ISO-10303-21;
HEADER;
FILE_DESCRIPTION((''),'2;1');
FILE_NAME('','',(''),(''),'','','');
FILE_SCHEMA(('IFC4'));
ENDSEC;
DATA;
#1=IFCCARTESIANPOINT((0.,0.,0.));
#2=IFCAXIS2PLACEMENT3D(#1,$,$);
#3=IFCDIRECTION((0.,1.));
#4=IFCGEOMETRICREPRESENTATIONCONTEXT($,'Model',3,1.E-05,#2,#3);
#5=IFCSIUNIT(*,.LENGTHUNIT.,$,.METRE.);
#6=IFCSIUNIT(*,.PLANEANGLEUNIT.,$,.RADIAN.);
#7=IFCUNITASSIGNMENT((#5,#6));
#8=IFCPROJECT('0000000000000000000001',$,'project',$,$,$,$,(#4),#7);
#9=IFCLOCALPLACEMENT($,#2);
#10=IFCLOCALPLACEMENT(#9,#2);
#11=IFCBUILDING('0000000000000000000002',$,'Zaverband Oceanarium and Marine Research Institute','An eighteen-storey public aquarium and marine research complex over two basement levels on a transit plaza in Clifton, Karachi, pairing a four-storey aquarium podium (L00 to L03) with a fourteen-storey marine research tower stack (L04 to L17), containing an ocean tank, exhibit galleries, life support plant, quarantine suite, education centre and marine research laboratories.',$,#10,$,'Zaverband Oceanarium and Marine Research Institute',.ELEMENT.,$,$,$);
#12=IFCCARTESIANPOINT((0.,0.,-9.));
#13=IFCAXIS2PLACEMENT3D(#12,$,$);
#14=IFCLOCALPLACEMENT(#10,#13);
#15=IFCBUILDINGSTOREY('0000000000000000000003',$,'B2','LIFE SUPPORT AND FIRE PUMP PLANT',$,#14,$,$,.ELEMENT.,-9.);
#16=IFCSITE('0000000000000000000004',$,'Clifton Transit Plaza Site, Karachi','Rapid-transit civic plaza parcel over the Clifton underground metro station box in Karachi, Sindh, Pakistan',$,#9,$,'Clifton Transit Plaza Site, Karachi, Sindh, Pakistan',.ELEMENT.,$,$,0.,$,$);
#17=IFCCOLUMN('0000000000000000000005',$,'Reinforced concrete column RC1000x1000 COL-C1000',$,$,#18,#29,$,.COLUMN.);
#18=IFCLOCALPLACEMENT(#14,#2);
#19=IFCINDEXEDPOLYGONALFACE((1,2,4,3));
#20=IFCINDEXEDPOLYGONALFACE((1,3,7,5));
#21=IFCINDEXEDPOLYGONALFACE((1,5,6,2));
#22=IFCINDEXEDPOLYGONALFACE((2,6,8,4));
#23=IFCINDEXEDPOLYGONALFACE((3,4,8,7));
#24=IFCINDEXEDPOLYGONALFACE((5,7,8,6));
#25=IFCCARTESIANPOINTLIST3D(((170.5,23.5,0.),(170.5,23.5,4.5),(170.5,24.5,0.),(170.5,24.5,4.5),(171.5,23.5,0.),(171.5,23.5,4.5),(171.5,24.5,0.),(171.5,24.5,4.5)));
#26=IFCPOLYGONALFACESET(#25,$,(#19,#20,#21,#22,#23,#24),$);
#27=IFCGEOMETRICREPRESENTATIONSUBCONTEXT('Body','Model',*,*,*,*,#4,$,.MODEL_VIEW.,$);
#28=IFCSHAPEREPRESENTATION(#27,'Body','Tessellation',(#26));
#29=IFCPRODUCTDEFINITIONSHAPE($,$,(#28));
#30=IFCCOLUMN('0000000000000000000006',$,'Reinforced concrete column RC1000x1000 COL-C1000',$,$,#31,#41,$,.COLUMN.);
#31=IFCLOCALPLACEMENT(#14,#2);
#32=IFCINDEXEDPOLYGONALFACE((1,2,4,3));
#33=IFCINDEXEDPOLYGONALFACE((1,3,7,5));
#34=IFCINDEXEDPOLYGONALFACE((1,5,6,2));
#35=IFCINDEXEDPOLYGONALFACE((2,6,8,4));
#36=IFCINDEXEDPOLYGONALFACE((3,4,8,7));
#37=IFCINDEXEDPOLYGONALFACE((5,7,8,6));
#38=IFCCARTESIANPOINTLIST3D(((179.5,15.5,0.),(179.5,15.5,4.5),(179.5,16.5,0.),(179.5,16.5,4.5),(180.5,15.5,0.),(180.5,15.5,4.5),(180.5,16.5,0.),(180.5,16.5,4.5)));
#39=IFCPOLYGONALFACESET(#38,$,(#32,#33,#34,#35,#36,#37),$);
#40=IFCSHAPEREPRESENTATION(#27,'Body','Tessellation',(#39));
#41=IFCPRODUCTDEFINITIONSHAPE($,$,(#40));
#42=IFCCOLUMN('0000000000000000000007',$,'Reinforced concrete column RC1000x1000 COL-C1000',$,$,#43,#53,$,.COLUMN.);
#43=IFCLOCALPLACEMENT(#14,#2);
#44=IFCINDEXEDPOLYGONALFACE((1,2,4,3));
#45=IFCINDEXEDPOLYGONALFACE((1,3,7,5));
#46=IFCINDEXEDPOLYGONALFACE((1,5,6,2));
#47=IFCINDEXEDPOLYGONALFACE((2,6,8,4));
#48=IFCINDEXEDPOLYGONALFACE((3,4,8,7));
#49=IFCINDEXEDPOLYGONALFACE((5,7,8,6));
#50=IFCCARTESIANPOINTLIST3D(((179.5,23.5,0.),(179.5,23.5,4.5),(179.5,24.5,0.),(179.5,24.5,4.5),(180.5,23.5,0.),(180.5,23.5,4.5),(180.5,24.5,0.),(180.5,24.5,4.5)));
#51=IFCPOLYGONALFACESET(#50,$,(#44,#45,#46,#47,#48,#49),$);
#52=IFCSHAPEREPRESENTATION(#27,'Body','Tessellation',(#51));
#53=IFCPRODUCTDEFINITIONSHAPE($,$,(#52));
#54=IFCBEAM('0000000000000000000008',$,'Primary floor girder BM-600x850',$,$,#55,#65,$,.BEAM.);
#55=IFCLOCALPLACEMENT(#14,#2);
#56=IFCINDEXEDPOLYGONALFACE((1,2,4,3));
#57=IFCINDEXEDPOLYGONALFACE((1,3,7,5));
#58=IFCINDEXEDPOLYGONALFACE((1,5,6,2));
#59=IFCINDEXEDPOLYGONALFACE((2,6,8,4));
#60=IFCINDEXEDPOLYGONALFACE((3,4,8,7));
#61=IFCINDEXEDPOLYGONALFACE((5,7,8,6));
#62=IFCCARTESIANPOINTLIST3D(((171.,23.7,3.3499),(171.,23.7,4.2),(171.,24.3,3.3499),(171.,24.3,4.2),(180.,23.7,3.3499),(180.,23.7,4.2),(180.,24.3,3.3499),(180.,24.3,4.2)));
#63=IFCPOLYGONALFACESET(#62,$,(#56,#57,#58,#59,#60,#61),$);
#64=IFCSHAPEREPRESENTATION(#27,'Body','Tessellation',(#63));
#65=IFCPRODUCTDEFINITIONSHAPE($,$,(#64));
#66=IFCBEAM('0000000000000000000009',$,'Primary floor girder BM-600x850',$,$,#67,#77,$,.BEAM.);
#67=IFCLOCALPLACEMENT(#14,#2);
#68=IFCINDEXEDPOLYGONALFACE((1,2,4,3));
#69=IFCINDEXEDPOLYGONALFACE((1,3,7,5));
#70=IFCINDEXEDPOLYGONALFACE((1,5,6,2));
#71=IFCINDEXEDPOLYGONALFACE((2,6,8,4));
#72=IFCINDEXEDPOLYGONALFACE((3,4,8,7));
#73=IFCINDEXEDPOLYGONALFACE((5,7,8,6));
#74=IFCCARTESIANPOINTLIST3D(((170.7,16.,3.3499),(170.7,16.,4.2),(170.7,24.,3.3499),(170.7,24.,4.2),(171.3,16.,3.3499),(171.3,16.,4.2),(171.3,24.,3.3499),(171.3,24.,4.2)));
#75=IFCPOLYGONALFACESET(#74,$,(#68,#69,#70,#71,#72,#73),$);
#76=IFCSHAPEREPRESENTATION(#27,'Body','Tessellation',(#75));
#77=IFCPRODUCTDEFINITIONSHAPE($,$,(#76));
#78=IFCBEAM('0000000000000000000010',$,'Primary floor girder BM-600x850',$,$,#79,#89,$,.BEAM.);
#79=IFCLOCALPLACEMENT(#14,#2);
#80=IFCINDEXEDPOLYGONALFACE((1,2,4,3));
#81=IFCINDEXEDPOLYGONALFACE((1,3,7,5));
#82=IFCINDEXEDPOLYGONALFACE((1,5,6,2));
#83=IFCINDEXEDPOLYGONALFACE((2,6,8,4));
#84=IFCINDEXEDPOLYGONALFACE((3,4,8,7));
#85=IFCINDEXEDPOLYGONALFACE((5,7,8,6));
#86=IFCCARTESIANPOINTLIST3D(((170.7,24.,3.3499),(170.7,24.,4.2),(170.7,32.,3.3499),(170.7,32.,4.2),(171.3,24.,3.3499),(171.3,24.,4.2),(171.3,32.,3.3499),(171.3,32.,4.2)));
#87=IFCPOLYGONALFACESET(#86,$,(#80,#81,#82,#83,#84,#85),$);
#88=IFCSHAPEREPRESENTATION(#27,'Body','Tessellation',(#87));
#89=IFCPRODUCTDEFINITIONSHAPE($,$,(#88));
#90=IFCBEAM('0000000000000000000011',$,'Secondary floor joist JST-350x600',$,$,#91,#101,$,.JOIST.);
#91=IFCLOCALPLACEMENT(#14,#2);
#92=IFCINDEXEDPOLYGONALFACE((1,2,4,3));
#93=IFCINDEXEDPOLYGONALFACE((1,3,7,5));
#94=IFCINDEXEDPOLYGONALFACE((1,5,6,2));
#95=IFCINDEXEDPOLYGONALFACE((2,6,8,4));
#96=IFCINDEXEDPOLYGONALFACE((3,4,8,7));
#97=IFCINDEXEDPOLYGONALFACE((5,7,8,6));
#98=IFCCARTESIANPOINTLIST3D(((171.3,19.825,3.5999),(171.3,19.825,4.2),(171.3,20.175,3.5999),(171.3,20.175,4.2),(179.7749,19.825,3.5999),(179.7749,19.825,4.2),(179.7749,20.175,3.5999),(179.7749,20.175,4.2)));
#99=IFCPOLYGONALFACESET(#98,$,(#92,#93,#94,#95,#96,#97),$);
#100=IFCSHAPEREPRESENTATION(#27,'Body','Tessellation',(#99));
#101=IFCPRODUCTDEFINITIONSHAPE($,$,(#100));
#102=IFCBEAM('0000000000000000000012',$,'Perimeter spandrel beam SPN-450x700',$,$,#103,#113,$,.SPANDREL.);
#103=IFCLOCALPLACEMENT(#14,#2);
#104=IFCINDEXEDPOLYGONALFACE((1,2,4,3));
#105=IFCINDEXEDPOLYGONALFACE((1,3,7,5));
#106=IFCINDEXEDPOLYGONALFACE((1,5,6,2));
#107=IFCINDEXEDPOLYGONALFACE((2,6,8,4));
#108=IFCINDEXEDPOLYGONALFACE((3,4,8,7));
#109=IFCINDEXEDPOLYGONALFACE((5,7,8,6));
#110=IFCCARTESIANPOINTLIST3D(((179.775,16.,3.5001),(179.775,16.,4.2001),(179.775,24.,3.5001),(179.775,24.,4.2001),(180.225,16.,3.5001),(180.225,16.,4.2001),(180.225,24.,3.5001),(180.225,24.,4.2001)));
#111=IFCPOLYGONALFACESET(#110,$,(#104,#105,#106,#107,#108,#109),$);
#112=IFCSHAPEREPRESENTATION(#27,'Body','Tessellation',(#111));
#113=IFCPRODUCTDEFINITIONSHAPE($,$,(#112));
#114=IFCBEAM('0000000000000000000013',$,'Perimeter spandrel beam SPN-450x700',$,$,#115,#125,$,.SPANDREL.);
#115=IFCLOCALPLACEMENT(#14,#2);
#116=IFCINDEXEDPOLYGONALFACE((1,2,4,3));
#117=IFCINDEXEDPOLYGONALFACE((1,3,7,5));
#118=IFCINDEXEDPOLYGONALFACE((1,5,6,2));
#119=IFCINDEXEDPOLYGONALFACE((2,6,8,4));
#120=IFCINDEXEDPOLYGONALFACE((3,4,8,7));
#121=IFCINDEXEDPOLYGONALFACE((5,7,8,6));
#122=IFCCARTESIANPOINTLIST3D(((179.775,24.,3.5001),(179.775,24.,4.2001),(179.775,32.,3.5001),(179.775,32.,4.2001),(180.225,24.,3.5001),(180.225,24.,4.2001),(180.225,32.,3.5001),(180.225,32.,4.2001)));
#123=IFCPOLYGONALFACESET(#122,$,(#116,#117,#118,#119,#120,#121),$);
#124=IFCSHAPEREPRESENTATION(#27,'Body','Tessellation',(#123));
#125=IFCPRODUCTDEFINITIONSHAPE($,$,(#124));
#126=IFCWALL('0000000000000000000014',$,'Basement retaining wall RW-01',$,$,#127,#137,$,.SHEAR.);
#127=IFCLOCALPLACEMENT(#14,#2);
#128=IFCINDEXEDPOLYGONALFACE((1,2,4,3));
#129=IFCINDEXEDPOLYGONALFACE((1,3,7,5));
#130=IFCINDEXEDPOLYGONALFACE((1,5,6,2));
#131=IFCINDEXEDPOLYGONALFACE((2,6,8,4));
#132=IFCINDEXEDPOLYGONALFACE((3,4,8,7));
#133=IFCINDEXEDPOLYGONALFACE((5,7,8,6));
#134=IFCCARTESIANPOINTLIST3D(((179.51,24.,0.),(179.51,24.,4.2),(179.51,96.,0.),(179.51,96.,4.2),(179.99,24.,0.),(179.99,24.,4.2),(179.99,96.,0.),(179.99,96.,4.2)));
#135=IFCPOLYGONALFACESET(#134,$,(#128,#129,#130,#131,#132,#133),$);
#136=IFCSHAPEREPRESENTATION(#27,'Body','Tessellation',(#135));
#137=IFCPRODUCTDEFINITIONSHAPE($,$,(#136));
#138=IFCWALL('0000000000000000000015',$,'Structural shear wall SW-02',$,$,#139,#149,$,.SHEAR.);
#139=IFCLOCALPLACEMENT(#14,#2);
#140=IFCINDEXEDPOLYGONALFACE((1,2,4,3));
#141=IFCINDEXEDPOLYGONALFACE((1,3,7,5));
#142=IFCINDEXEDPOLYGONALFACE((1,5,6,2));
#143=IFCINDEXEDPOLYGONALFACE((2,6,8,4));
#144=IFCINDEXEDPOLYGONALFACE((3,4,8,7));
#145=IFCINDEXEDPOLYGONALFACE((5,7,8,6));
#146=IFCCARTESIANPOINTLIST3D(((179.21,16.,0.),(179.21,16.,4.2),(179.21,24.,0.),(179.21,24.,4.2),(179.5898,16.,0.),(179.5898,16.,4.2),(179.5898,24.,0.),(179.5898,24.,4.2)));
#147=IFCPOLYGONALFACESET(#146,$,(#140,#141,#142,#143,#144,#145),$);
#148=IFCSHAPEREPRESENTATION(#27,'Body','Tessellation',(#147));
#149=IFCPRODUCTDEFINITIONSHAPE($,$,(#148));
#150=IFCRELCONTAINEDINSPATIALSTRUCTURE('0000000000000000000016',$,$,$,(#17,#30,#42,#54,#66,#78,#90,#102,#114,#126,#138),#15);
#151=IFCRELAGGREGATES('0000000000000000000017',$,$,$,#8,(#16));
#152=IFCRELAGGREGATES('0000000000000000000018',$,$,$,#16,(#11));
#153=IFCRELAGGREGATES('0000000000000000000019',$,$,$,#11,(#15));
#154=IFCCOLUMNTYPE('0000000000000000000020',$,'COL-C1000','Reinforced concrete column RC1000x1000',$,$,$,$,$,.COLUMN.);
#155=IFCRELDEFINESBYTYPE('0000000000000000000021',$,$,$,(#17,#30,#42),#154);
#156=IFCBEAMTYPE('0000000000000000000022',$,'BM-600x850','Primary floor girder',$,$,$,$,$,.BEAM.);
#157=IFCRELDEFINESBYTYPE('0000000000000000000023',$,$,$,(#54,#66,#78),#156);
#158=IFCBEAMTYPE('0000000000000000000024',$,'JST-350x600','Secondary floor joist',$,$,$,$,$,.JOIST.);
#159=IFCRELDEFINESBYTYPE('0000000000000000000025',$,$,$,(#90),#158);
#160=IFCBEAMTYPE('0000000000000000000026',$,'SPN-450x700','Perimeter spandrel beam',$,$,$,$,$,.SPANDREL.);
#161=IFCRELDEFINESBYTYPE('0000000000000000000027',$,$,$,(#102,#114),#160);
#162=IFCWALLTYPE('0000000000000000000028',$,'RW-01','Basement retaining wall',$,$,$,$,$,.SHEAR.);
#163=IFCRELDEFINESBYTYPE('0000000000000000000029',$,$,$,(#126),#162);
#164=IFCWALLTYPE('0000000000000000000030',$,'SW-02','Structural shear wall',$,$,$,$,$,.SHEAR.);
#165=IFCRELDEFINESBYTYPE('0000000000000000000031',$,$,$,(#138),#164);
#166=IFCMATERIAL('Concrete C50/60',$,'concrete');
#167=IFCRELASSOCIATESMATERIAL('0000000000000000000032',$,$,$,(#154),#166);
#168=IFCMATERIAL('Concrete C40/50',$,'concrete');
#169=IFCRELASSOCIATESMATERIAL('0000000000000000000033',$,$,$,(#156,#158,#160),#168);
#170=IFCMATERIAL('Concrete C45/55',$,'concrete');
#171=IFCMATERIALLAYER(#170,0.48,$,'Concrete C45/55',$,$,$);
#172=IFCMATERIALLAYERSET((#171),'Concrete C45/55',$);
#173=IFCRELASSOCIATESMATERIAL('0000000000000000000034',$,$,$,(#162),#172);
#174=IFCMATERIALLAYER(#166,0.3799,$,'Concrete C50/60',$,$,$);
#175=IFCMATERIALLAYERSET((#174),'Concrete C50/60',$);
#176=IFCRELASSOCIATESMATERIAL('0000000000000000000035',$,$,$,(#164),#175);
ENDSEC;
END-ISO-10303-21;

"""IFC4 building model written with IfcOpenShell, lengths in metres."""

from ifc_helpers import new_model, si_unit, direction, frame, frame_2d, origin, origin_2d, place, context, subcontext, project, spatial, rectangle, extrude, material, layer, layer_set, material_profile, profile_set, type_object, element, save


model = new_model("IFC4")

# Units and contexts
model_context = context("Model", 3, precision=1e-05, world=origin(), true_north=direction((0.0, 1.0)))
body_context = subcontext(model_context, "Body", "Model", "MODEL_VIEW")
ifc_project = project(units=[si_unit("LENGTHUNIT", "METRE"), si_unit("PLANEANGLEUNIT", "RADIAN")], contexts=[model_context])

# Site, building, storey
site_placement = place(None, origin())
site = spatial("IfcSite", under=ifc_project, at=site_placement, Name="Clifton Transit Plaza Site, Karachi", Description="Rapid-transit civic plaza parcel over the Clifton underground metro station box in Karachi, Sindh, Pakistan", LongName="Clifton Transit Plaza Site, Karachi, Sindh, Pakistan", CompositionType="ELEMENT", RefElevation=0.0)
building_placement = place(site_placement, origin())
building = spatial("IfcBuilding", under=site, at=building_placement, Name="Zaverband Oceanarium and Marine Research Institute", Description="An eighteen-storey public aquarium and marine research complex over two basement levels on a transit plaza in Clifton, Karachi, pairing a four-storey aquarium podium (L00 to L03) with a fourteen-storey marine research tower stack (L04 to L17), containing an ocean tank, exhibit galleries, life support plant, quarantine suite, education centre and marine research laboratories.", LongName="Zaverband Oceanarium and Marine Research Institute", CompositionType="ELEMENT")
storey_placement = place(building_placement, frame((0.0, 0.0, -9.0)))
storey = spatial("IfcBuildingStorey", under=building, at=storey_placement, Name="B2", Description="LIFE SUPPORT AND FIRE PUMP PLANT", CompositionType="ELEMENT", Elevation=-9.0)

# Shared definitions
ifc_material_1 = material(Name="Concrete C50/60", Category="concrete")

# Columns
ifc_material_profile_1 = material_profile(ifc_material_1, rectangle(XDim=1.0, YDim=1.0, at=origin_2d()), Name="RC1000x1000")
ifc_profile_set_1 = profile_set([ifc_material_profile_1], Name="Concrete C50/60")
column_type = type_object("IfcColumnType", Name="COL-C1000", Description="Reinforced concrete column RC1000x1000", PredefinedType="COLUMN", material=ifc_profile_set_1)
for number, where, z_axis, x_axis, name in (
    (1, (171.0, 24.0, 0.0), (0.0, 0.0, 1.0), (1.0, 0.0, 0.0), "Reinforced concrete column RC1000x1000 COL-C1000"),
    (2, (180.0, 16.0, 0.0), (0.0, 0.0, 1.0), (1.0, 0.0, 0.0), "Reinforced concrete column RC1000x1000 COL-C1000"),
    (3, (180.0, 24.0, 0.0), (0.0, 0.0, 1.0), (1.0, 0.0, 0.0), "Reinforced concrete column RC1000x1000 COL-C1000"),
):
    element("IfcColumn", number, at=place(storey_placement, frame(where, z_axis=z_axis, x_axis=x_axis)), inside=storey, type_object=column_type, Name=name, PredefinedType="COLUMN", context=body_context, shape_type="SweptSolid", body=[
        extrude(rectangle(XDim=1.0, YDim=1.0, at=origin_2d()), origin(), (0.0, 0.0, 1.0), 4.5),
    ])

# Beams
ifc_material_2 = material(Name="Concrete C40/50", Category="concrete")
ifc_material_profile_2 = material_profile(ifc_material_2, rectangle(XDim=0.6001, YDim=0.8501, at=origin_2d()), Name="RC600x850")
ifc_profile_set_2 = profile_set([ifc_material_profile_2], Name="Concrete C40/50")
beam_type_1 = type_object("IfcBeamType", Name="BM-600x850", Description="Primary floor girder", PredefinedType="BEAM", material=ifc_profile_set_2)
beam_1_placement = place(storey_placement, frame((171.0, 24.0, 3.7749), z_axis=(1.0, 0.0, 0.0), x_axis=(0.0, 1.0, 0.0)))
element("IfcBeam", 4, at=beam_1_placement, inside=storey, type_object=beam_type_1, Name="Primary floor girder BM-600x850", PredefinedType="BEAM", context=body_context, shape_type="SweptSolid", body=[
    extrude(rectangle(XDim=0.6001, YDim=0.8501, at=origin_2d()), origin(), (0.0, 0.0, 1.0), 9.0),
])
for number, where, z_axis, x_axis, name in (
    (5, (171.0, 16.0, 3.7749), (0.0, 1.0, 0.0), (-1.0, 0.0, 0.0), "Primary floor girder BM-600x850"),
    (6, (171.0, 24.0, 3.7749), (0.0, 1.0, 0.0), (-1.0, 0.0, 0.0), "Primary floor girder BM-600x850"),
):
    element("IfcBeam", number, at=place(storey_placement, frame(where, z_axis=z_axis, x_axis=x_axis)), inside=storey, type_object=beam_type_1, Name=name, PredefinedType="BEAM", context=body_context, shape_type="SweptSolid", body=[
        extrude(rectangle(XDim=0.6001, YDim=0.8501, at=origin_2d()), origin(), (0.0, 0.0, 1.0), 8.0),
    ])
ifc_material_profile_3 = material_profile(ifc_material_2, rectangle(XDim=0.3501, YDim=0.6001, at=origin_2d()), Name="RC350x600")
ifc_profile_set_3 = profile_set([ifc_material_profile_3], Name="Concrete C40/50")
beam_type_2 = type_object("IfcBeamType", Name="JST-350x600", Description="Secondary floor joist", PredefinedType="JOIST", material=ifc_profile_set_3)
beam_2_placement = place(storey_placement, frame((171.3, 20.0, 3.8999), z_axis=(1.0, 0.0, 0.0), x_axis=(0.0, 1.0, 0.0)))
element("IfcBeam", 7, at=beam_2_placement, inside=storey, type_object=beam_type_2, Name="Secondary floor joist JST-350x600", PredefinedType="JOIST", context=body_context, shape_type="SweptSolid", body=[
    extrude(rectangle(XDim=0.3501, YDim=0.6001, at=origin_2d()), origin(), (0.0, 0.0, 1.0), 8.4749),
])
ifc_material_profile_4 = material_profile(ifc_material_2, rectangle(XDim=0.45, YDim=0.7, at=origin_2d()), Name="RC450x700")
ifc_profile_set_4 = profile_set([ifc_material_profile_4], Name="Concrete C40/50")
beam_type_3 = type_object("IfcBeamType", Name="SPN-450x700", Description="Perimeter spandrel beam", PredefinedType="SPANDREL", material=ifc_profile_set_4)
for number, where, z_axis, x_axis, name in (
    (8, (180.0, 16.0, 3.8501), (0.0, 1.0, 0.0), (-1.0, 0.0, 0.0), "Perimeter spandrel beam SPN-450x700"),
    (9, (180.0, 24.0, 3.8501), (0.0, 1.0, 0.0), (-1.0, 0.0, 0.0), "Perimeter spandrel beam SPN-450x700"),
):
    element("IfcBeam", number, at=place(storey_placement, frame(where, z_axis=z_axis, x_axis=x_axis)), inside=storey, type_object=beam_type_3, Name=name, PredefinedType="SPANDREL", context=body_context, shape_type="SweptSolid", body=[
        extrude(rectangle(XDim=0.45, YDim=0.7, at=origin_2d()), origin(), (0.0, 0.0, 1.0), 8.0),
    ])

# Walls
ifc_material_3 = material(Name="Concrete C45/55", Category="concrete")
ifc_layer_1 = layer(ifc_material_3, 0.48, Name="Concrete C45/55")
ifc_layer_set_1 = layer_set([ifc_layer_1], Name="Concrete C45/55")
wall_type_1 = type_object("IfcWallType", Name="RW-01", Description="Basement retaining wall", PredefinedType="SHEAR", material=ifc_layer_set_1)
wall_1_placement = place(storey_placement, frame((179.75, 24.0, 0.0), z_axis=(0.0, 0.0, 1.0), x_axis=(0.0, 1.0, 0.0)))
element("IfcWall", 10, at=wall_1_placement, inside=storey, type_object=wall_type_1, Name="Basement retaining wall RW-01", PredefinedType="SHEAR", context=body_context, shape_type="SweptSolid", body=[
    extrude(rectangle(XDim=72.0, YDim=0.48, at=frame_2d((36.0, 0.0))), origin(), (0.0, 0.0, 1.0), 4.2),
])
ifc_layer_2 = layer(ifc_material_1, 0.3799, Name="Concrete C50/60")
ifc_layer_set_2 = layer_set([ifc_layer_2], Name="Concrete C50/60")
wall_type_2 = type_object("IfcWallType", Name="SW-02", Description="Structural shear wall", PredefinedType="SHEAR", material=ifc_layer_set_2)
wall_2_placement = place(storey_placement, frame((179.3999, 16.0, 0.0), z_axis=(0.0, 0.0, 1.0), x_axis=(0.0, 1.0, 0.0)))
element("IfcWall", 11, at=wall_2_placement, inside=storey, type_object=wall_type_2, Name="Structural shear wall SW-02", PredefinedType="SHEAR", context=body_context, shape_type="SweptSolid", body=[
    extrude(rectangle(XDim=8.0, YDim=0.3799, at=frame_2d((4.0, 0.0))), origin(), (0.0, 0.0, 1.0), 4.2),
])

save(model, "model.ifc")
